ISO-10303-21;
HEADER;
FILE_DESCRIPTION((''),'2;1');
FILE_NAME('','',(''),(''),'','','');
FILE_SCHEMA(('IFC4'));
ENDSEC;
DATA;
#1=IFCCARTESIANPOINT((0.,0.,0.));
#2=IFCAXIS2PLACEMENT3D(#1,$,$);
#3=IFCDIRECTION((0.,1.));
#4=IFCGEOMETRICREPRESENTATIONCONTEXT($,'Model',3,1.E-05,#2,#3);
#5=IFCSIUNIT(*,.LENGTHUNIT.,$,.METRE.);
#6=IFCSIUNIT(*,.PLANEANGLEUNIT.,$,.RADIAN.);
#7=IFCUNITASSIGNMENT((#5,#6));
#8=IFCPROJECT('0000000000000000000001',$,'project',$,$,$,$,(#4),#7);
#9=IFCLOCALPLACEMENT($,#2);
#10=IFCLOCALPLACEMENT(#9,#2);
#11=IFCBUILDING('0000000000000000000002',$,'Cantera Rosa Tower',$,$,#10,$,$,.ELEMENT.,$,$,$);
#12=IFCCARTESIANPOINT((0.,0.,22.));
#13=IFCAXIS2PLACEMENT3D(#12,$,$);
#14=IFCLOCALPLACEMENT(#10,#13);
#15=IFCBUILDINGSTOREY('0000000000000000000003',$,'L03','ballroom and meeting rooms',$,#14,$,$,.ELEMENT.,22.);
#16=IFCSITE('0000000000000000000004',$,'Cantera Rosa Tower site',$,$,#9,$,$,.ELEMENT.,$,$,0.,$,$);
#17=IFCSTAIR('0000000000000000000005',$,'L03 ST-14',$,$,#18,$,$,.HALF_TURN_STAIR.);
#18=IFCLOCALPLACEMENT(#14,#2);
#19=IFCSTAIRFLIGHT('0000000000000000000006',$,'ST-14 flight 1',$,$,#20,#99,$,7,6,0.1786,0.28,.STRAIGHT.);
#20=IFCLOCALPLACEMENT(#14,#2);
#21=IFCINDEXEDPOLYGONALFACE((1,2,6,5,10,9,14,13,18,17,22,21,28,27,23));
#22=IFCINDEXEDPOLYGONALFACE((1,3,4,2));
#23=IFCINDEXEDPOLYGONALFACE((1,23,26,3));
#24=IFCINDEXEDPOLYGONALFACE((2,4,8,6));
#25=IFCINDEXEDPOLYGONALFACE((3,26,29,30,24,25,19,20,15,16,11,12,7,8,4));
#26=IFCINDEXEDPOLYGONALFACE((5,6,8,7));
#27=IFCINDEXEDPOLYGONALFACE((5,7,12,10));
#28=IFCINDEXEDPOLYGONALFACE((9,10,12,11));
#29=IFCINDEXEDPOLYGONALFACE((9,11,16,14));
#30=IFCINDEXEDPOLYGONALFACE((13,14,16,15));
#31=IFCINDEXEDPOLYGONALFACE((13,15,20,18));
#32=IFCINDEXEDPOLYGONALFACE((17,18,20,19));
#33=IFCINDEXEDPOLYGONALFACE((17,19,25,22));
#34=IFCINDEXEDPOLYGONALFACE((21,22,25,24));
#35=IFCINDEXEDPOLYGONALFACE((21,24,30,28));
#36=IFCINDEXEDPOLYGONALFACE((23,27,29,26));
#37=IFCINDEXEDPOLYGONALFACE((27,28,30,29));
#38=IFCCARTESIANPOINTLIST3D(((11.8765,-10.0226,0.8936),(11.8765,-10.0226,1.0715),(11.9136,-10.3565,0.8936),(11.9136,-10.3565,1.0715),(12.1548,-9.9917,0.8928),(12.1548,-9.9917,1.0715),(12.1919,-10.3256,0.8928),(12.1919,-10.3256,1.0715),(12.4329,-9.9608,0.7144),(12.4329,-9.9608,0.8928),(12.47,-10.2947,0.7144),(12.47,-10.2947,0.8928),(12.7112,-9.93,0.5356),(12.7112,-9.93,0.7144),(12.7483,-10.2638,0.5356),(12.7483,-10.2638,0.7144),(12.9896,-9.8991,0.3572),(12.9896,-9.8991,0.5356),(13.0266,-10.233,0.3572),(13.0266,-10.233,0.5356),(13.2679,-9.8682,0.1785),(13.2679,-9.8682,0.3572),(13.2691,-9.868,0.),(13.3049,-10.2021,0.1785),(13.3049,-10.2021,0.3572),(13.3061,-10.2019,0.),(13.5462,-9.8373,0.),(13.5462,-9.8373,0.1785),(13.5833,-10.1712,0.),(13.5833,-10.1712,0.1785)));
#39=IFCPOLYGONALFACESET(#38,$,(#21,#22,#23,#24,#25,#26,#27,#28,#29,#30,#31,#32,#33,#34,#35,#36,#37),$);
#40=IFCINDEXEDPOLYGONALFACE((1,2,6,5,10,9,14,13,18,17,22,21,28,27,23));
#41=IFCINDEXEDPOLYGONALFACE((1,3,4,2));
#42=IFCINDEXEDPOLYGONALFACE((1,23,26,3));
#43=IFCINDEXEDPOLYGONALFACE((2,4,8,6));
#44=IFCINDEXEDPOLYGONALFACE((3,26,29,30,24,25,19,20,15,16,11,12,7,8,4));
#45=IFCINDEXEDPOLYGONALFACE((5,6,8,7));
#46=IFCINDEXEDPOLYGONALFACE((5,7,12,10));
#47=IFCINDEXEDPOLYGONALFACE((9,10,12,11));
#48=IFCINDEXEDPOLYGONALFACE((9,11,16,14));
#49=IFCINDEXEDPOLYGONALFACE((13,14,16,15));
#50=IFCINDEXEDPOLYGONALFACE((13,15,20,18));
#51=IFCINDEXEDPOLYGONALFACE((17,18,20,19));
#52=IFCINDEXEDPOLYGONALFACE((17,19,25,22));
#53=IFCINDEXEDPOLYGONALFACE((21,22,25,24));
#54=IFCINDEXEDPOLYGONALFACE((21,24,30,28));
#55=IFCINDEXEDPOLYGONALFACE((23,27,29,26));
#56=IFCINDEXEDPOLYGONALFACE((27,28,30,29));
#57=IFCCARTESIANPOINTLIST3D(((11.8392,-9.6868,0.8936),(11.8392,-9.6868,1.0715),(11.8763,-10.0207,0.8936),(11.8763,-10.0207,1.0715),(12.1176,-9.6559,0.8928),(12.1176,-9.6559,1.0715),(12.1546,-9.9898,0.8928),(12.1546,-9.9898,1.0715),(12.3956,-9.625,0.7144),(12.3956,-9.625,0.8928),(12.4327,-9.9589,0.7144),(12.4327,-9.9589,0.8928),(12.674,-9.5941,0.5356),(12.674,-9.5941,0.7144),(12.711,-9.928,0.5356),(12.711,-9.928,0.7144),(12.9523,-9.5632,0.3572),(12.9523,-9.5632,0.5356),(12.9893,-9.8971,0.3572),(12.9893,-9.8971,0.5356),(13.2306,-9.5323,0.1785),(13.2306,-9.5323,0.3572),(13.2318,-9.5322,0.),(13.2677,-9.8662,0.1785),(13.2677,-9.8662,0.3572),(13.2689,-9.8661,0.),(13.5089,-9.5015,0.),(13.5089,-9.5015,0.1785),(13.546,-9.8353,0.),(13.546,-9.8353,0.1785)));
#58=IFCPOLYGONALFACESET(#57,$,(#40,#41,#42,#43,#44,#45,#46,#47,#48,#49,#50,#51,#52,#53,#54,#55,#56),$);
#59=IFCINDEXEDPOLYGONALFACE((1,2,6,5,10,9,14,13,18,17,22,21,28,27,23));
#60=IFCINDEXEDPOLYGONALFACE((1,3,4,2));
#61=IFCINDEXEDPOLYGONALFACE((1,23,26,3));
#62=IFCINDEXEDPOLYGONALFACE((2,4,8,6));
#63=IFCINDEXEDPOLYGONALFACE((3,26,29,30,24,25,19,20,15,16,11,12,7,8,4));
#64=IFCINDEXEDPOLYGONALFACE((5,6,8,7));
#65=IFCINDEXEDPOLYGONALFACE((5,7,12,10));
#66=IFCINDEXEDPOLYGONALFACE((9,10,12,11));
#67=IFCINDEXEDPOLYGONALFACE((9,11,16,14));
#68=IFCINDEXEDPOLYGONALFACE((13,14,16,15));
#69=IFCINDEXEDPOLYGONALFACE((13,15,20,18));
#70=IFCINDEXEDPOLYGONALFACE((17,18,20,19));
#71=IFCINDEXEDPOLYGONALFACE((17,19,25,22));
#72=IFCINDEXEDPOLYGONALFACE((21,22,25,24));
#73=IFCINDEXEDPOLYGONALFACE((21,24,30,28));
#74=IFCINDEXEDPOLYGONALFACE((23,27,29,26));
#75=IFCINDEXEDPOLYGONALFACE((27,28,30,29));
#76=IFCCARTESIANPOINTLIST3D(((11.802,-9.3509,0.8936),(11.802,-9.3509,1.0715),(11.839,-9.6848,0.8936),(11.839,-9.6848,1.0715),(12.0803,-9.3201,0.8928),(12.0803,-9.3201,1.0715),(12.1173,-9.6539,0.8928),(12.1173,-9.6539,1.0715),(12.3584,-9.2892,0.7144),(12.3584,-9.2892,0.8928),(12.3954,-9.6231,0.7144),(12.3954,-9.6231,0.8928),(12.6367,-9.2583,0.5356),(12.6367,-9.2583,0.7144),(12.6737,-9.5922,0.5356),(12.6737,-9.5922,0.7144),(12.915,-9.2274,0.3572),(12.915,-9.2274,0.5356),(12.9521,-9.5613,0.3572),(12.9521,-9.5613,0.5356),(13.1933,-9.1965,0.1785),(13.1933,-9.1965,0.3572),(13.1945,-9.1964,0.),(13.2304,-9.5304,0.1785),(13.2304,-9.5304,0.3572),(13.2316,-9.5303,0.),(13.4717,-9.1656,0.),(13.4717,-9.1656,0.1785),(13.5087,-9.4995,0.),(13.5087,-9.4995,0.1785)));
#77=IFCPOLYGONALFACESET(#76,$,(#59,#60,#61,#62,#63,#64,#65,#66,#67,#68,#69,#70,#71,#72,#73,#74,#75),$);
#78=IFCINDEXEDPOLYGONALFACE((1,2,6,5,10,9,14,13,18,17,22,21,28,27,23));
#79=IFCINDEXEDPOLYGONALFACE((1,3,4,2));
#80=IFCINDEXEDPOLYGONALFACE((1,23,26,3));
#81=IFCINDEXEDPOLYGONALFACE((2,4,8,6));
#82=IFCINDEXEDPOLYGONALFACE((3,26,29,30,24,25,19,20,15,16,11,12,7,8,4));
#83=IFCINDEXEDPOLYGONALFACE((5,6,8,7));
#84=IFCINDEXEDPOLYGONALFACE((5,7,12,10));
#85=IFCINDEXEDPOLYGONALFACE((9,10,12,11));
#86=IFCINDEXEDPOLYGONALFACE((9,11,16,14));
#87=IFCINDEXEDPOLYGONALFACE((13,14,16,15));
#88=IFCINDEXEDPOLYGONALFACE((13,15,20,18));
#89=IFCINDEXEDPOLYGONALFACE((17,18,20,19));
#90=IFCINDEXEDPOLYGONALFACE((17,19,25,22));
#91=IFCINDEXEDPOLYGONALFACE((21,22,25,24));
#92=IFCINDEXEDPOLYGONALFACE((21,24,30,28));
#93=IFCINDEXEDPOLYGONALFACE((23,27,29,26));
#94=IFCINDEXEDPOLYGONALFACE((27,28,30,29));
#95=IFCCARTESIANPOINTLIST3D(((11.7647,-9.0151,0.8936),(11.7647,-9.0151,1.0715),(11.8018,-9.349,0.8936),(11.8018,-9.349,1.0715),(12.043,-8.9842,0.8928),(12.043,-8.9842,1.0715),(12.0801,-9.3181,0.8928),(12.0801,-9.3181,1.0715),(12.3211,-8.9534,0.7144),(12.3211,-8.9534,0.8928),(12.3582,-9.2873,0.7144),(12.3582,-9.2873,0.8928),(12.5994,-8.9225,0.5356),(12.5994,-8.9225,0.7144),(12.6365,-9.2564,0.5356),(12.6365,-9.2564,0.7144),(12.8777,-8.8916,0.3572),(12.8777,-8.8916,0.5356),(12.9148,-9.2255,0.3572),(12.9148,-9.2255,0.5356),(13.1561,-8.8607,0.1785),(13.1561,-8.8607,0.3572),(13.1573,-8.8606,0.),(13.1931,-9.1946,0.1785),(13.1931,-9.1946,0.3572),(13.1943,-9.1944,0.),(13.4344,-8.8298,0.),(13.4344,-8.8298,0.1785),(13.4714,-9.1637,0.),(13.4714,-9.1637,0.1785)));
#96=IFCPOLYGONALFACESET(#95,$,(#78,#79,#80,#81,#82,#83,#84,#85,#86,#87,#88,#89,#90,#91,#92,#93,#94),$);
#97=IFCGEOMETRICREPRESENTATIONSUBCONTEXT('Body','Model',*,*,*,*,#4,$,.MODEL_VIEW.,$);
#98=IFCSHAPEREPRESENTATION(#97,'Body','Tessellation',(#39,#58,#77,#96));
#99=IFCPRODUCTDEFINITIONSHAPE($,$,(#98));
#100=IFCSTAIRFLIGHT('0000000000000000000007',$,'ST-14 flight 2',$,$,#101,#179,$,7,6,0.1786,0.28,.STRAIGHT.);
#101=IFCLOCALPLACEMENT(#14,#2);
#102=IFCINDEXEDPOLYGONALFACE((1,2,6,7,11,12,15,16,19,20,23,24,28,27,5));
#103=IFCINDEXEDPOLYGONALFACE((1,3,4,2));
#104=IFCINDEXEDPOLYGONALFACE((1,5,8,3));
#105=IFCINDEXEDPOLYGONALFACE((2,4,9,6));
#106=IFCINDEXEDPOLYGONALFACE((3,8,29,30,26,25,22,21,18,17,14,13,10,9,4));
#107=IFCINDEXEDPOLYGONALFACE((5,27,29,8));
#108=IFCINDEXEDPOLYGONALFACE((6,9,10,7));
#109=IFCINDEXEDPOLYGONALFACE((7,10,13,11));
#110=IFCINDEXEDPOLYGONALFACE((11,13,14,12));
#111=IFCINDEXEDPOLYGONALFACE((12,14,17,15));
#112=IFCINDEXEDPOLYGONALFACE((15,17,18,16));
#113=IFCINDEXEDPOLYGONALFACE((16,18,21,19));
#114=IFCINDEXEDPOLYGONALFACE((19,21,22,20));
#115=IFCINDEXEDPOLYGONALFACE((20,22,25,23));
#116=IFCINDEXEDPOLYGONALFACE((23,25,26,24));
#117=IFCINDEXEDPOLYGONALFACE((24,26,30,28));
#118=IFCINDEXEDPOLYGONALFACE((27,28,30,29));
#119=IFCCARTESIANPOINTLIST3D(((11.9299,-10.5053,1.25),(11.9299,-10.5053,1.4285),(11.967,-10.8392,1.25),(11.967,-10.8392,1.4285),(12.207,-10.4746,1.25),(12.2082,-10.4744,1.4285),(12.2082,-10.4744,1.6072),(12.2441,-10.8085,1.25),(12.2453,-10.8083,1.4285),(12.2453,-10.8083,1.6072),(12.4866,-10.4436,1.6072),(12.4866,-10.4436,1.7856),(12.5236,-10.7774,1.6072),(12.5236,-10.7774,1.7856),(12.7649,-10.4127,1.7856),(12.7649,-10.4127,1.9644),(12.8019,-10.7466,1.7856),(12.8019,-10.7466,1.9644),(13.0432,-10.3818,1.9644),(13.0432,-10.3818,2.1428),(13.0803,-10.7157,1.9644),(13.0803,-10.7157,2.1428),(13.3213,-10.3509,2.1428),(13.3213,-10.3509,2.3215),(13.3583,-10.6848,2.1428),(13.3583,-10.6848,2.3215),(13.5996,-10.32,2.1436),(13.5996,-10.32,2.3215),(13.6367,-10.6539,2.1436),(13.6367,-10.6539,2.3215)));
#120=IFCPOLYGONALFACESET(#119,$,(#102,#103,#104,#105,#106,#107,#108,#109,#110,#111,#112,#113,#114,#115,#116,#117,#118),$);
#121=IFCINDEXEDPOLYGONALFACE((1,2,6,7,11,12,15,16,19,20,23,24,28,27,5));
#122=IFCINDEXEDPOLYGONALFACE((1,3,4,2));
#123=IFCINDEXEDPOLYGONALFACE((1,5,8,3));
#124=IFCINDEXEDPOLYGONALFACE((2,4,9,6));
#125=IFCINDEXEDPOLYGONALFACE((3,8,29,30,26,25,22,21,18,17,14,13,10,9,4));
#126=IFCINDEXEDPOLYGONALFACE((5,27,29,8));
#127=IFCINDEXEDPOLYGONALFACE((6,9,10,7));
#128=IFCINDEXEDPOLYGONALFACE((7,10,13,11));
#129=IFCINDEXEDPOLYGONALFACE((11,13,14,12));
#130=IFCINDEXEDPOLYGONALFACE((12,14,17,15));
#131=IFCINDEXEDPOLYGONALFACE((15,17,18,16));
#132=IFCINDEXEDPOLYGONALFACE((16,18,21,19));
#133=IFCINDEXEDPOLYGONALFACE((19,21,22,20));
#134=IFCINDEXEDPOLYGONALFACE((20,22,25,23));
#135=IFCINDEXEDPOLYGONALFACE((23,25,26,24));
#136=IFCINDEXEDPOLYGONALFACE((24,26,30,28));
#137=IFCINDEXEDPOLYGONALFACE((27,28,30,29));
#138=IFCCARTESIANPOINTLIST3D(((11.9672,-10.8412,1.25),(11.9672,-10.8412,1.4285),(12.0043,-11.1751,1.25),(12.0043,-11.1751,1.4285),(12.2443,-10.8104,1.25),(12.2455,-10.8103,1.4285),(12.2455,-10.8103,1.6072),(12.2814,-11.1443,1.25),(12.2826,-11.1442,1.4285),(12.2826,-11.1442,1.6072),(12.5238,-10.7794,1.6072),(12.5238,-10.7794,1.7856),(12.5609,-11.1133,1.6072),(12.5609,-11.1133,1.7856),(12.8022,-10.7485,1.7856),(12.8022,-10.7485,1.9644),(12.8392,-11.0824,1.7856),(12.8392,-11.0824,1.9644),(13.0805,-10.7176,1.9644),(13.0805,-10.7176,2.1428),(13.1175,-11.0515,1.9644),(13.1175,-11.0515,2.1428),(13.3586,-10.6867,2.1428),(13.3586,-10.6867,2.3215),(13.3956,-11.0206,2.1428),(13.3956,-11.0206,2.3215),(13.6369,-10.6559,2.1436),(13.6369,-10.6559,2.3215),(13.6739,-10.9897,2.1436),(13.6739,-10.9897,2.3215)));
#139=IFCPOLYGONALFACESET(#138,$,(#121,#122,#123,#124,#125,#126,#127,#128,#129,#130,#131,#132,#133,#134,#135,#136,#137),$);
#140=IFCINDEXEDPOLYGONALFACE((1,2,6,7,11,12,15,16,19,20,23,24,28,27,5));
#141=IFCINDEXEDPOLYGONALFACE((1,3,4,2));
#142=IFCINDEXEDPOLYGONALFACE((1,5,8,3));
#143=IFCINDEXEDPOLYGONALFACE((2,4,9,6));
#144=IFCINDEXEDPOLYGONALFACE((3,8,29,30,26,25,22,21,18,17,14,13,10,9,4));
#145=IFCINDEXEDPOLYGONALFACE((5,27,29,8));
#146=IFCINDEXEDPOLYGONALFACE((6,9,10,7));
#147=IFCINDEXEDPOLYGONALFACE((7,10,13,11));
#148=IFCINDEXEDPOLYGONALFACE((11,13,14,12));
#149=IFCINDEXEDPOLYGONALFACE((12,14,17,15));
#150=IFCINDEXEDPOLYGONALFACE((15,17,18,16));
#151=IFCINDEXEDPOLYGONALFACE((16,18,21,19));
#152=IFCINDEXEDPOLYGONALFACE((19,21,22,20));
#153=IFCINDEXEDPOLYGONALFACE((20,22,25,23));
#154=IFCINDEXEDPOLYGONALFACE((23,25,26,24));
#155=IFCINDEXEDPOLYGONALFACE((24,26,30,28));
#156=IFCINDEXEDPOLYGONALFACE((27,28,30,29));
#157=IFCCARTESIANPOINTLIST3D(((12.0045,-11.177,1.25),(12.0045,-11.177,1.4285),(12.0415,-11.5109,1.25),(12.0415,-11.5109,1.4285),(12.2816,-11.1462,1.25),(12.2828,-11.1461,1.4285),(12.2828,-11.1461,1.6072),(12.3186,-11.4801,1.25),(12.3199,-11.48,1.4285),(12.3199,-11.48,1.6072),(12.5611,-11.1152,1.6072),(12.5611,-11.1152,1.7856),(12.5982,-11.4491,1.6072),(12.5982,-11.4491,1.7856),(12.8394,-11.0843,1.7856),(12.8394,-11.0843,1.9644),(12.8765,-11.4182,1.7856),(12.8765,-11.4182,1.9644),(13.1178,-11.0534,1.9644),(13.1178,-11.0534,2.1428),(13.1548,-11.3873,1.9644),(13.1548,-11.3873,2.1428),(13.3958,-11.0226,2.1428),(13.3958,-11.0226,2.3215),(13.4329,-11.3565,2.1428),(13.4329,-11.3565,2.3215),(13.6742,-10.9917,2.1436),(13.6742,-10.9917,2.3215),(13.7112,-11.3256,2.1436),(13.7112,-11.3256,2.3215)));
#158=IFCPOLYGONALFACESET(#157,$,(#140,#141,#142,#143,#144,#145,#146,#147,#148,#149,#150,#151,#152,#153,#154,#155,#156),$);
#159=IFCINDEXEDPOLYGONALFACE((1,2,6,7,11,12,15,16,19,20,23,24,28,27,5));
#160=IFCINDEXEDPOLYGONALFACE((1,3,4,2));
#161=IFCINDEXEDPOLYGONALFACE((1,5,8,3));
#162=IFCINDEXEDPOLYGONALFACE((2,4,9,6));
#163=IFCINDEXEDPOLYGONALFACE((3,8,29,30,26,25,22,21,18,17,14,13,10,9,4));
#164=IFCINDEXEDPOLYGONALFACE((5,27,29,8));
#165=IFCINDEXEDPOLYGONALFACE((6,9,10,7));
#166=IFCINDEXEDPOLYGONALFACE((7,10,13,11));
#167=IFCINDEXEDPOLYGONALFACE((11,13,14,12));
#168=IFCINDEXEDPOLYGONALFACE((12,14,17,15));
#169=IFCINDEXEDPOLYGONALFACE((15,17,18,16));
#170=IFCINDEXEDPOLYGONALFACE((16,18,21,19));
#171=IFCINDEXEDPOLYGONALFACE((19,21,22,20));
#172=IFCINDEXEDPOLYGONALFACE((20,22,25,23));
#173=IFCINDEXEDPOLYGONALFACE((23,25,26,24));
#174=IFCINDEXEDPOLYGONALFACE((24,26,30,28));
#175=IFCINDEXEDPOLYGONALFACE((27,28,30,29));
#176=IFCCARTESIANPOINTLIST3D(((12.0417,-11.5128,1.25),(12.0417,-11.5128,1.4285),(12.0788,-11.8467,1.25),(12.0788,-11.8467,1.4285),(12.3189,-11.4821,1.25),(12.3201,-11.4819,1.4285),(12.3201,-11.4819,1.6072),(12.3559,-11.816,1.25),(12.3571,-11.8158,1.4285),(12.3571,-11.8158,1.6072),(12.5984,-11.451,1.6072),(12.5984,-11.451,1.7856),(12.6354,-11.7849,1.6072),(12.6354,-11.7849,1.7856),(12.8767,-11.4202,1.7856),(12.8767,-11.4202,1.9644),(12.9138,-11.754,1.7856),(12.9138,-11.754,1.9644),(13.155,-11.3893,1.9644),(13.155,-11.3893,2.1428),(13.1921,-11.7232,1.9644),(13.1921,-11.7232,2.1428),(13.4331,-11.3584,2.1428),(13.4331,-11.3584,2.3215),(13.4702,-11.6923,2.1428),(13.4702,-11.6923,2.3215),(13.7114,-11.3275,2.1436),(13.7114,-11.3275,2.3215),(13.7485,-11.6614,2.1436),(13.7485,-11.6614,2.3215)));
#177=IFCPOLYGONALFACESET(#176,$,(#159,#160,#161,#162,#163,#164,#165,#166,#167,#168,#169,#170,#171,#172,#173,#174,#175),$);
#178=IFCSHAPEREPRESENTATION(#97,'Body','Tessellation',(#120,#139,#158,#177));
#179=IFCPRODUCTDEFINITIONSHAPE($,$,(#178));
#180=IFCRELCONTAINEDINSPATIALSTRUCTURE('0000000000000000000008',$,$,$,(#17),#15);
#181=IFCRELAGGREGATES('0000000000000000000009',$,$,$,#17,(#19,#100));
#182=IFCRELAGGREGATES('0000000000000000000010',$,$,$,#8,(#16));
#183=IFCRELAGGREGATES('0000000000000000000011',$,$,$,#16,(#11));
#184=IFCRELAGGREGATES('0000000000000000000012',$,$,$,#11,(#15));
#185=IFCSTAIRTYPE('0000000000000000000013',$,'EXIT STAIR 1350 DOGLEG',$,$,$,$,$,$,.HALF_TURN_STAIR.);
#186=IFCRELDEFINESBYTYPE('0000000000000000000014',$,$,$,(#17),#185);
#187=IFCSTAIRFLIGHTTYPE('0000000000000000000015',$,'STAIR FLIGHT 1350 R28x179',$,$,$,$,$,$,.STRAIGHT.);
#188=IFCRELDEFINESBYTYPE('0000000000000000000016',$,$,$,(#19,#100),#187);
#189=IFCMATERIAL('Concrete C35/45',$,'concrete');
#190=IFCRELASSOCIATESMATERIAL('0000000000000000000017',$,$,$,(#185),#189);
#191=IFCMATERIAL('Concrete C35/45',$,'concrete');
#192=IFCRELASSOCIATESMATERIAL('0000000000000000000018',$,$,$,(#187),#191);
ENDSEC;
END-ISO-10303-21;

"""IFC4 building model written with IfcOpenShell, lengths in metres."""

from ifc_helpers import new_model, si_unit, direction, frame, origin, place, context, subcontext, project, spatial, polyline, outline, extrude, material, type_object, element, aggregate, save


model = new_model("IFC4")

# Units and contexts
model_context = context("Model", 3, precision=1e-05, world=origin(), true_north=direction((0.0, 1.0)))
body_context = subcontext(model_context, "Body", "Model", "MODEL_VIEW")
ifc_project = project(units=[si_unit("LENGTHUNIT", "METRE"), si_unit("PLANEANGLEUNIT", "RADIAN")], contexts=[model_context])

# Site, building, storey
site_placement = place(None, origin())
site = spatial("IfcSite", under=ifc_project, at=site_placement, Name="Cantera Rosa Tower site", CompositionType="ELEMENT", RefElevation=0.0)
building_placement = place(site_placement, origin())
building = spatial("IfcBuilding", under=site, at=building_placement, Name="Cantera Rosa Tower", CompositionType="ELEMENT")
storey_placement = place(building_placement, frame((0.0, 0.0, 22.0)))
storey = spatial("IfcBuildingStorey", under=building, at=storey_placement, Name="L03", Description="ballroom and meeting rooms", CompositionType="ELEMENT", Elevation=22.0)

# Stair, stair flights
ifc_material_1 = material(Name="Concrete C35/45", Category="concrete")
stair_type = type_object("IfcStairType", Name="EXIT STAIR 1350 DOGLEG", PredefinedType="HALF_TURN_STAIR", material=ifc_material_1)
stair_placement = place(storey_placement, origin())
stair = element("IfcStair", 1, at=stair_placement, inside=storey, type_object=stair_type, Name="L03 ST-14", PredefinedType="HALF_TURN_STAIR")
ifc_material_2 = material(Name="Concrete C35/45", Category="concrete")
stair_flight_type = type_object("IfcStairFlightType", Name="STAIR FLIGHT 1350 R28x179", PredefinedType="STRAIGHT", material=ifc_material_2)
stair_flight_1_placement = place(storey_placement, frame((13.5088, -9.5002, 0.0), z_axis=(0.0, 0.0, 1.0), x_axis=(-0.993897, -0.110313, 0.0)))
stair_flight_1 = element("IfcStairFlight", 2, at=stair_flight_1_placement, type_object=stair_flight_type, Name="ST-14 flight 1", NumberOfRisers=7, NumberOfTreads=6, PredefinedType="STRAIGHT", RiserHeight=0.1786, TreadLength=0.28, context=body_context, shape_type="SweptSolid", body=[
    extrude(outline(polyline([(0.0, 0.0), (0.0, 0.1785), (0.28, 0.1785), (0.28, 0.3572), (0.5601, 0.3572), (0.5601, 0.5356), (0.8401, 0.5356), (0.8401, 0.7144), (1.1201, 0.7144), (1.1201, 0.8928), (1.3999, 0.8928), (1.3999, 1.0715), (1.6799, 1.0715), (1.6799, 1.25), (1.6799, 0.8936), (0.2788, 0.0), (0.0, 0.0)])), frame((0.0, 0.675, 0.0), z_axis=(0.0, -1.0, 0.0), x_axis=(1.0, 0.0, 0.0)), (0.0, 0.0, 1.0), 0.3359),
    extrude(outline(polyline([(0.0, 0.0), (0.0, 0.1785), (0.28, 0.1785), (0.28, 0.3572), (0.5601, 0.3572), (0.5601, 0.5356), (0.8401, 0.5356), (0.8401, 0.7144), (1.1201, 0.7144), (1.1201, 0.8928), (1.3999, 0.8928), (1.3999, 1.0715), (1.6799, 1.0715), (1.6799, 1.25), (1.6799, 0.8936), (0.2788, 0.0), (0.0, 0.0)])), frame((0.0, 0.3372, 0.0), z_axis=(0.0, -1.0, 0.0), x_axis=(1.0, 0.0, 0.0)), (0.0, 0.0, 1.0), 0.3359),
    extrude(outline(polyline([(0.0, 0.0), (0.0, 0.1785), (0.28, 0.1785), (0.28, 0.3572), (0.5601, 0.3572), (0.5601, 0.5356), (0.8401, 0.5356), (0.8401, 0.7144), (1.1201, 0.7144), (1.1201, 0.8928), (1.3999, 0.8928), (1.3999, 1.0715), (1.6799, 1.0715), (1.6799, 1.25), (1.6799, 0.8936), (0.2788, 0.0), (0.0, 0.0)])), frame((0.0, -0.0007, 0.0), z_axis=(0.0, -1.0, 0.0), x_axis=(1.0, 0.0, 0.0)), (0.0, 0.0, 1.0), 0.3359),
    extrude(outline(polyline([(0.0, 0.0), (0.0, 0.1785), (0.28, 0.1785), (0.28, 0.3572), (0.5601, 0.3572), (0.5601, 0.5356), (0.8401, 0.5356), (0.8401, 0.7144), (1.1201, 0.7144), (1.1201, 0.8928), (1.3999, 0.8928), (1.3999, 1.0715), (1.6799, 1.0715), (1.6799, 1.25), (1.6799, 0.8936), (0.2788, 0.0), (0.0, 0.0)])), frame((0.0, -0.3386, 0.0), z_axis=(0.0, -1.0, 0.0), x_axis=(1.0, 0.0, 0.0)), (0.0, 0.0, 1.0), 0.3359),
])
stair_flight_2_placement = place(storey_placement, frame((12.0044, -11.1763, 1.25), z_axis=(0.0, 0.0, 1.0), x_axis=(0.993897, 0.110313, 0.0)))
stair_flight_2 = element("IfcStairFlight", 3, at=stair_flight_2_placement, type_object=stair_flight_type, Name="ST-14 flight 2", NumberOfRisers=7, NumberOfTreads=6, PredefinedType="STRAIGHT", RiserHeight=0.1786, TreadLength=0.28, context=body_context, shape_type="SweptSolid", body=[
    extrude(outline(polyline([(0.0, 0.0), (0.0, 0.1785), (0.28, 0.1785), (0.28, 0.3572), (0.5601, 0.3572), (0.5601, 0.5356), (0.8401, 0.5356), (0.8401, 0.7144), (1.1201, 0.7144), (1.1201, 0.8928), (1.3999, 0.8928), (1.3999, 1.0715), (1.6799, 1.0715), (1.6799, 1.25), (1.6799, 0.8936), (0.2788, 0.0), (0.0, 0.0)])), frame((0.0, 0.675, 0.0), z_axis=(0.0, -1.0, 0.0), x_axis=(1.0, 0.0, 0.0)), (0.0, 0.0, 1.0), 0.3359),
    extrude(outline(polyline([(0.0, 0.0), (0.0, 0.1785), (0.28, 0.1785), (0.28, 0.3572), (0.5601, 0.3572), (0.5601, 0.5356), (0.8401, 0.5356), (0.8401, 0.7144), (1.1201, 0.7144), (1.1201, 0.8928), (1.3999, 0.8928), (1.3999, 1.0715), (1.6799, 1.0715), (1.6799, 1.25), (1.6799, 0.8936), (0.2788, 0.0), (0.0, 0.0)])), frame((0.0, 0.3372, 0.0), z_axis=(0.0, -1.0, 0.0), x_axis=(1.0, 0.0, 0.0)), (0.0, 0.0, 1.0), 0.3359),
    extrude(outline(polyline([(0.0, 0.0), (0.0, 0.1785), (0.28, 0.1785), (0.28, 0.3572), (0.5601, 0.3572), (0.5601, 0.5356), (0.8401, 0.5356), (0.8401, 0.7144), (1.1201, 0.7144), (1.1201, 0.8928), (1.3999, 0.8928), (1.3999, 1.0715), (1.6799, 1.0715), (1.6799, 1.25), (1.6799, 0.8936), (0.2788, 0.0), (0.0, 0.0)])), frame((0.0, -0.0007, 0.0), z_axis=(0.0, -1.0, 0.0), x_axis=(1.0, 0.0, 0.0)), (0.0, 0.0, 1.0), 0.3359),
    extrude(outline(polyline([(0.0, 0.0), (0.0, 0.1785), (0.28, 0.1785), (0.28, 0.3572), (0.5601, 0.3572), (0.5601, 0.5356), (0.8401, 0.5356), (0.8401, 0.7144), (1.1201, 0.7144), (1.1201, 0.8928), (1.3999, 0.8928), (1.3999, 1.0715), (1.6799, 1.0715), (1.6799, 1.25), (1.6799, 0.8936), (0.2788, 0.0), (0.0, 0.0)])), frame((0.0, -0.3386, 0.0), z_axis=(0.0, -1.0, 0.0), x_axis=(1.0, 0.0, 0.0)), (0.0, 0.0, 1.0), 0.3359),
])
aggregate(stair, [stair_flight_1, stair_flight_2])

save(model, "model.ifc")
